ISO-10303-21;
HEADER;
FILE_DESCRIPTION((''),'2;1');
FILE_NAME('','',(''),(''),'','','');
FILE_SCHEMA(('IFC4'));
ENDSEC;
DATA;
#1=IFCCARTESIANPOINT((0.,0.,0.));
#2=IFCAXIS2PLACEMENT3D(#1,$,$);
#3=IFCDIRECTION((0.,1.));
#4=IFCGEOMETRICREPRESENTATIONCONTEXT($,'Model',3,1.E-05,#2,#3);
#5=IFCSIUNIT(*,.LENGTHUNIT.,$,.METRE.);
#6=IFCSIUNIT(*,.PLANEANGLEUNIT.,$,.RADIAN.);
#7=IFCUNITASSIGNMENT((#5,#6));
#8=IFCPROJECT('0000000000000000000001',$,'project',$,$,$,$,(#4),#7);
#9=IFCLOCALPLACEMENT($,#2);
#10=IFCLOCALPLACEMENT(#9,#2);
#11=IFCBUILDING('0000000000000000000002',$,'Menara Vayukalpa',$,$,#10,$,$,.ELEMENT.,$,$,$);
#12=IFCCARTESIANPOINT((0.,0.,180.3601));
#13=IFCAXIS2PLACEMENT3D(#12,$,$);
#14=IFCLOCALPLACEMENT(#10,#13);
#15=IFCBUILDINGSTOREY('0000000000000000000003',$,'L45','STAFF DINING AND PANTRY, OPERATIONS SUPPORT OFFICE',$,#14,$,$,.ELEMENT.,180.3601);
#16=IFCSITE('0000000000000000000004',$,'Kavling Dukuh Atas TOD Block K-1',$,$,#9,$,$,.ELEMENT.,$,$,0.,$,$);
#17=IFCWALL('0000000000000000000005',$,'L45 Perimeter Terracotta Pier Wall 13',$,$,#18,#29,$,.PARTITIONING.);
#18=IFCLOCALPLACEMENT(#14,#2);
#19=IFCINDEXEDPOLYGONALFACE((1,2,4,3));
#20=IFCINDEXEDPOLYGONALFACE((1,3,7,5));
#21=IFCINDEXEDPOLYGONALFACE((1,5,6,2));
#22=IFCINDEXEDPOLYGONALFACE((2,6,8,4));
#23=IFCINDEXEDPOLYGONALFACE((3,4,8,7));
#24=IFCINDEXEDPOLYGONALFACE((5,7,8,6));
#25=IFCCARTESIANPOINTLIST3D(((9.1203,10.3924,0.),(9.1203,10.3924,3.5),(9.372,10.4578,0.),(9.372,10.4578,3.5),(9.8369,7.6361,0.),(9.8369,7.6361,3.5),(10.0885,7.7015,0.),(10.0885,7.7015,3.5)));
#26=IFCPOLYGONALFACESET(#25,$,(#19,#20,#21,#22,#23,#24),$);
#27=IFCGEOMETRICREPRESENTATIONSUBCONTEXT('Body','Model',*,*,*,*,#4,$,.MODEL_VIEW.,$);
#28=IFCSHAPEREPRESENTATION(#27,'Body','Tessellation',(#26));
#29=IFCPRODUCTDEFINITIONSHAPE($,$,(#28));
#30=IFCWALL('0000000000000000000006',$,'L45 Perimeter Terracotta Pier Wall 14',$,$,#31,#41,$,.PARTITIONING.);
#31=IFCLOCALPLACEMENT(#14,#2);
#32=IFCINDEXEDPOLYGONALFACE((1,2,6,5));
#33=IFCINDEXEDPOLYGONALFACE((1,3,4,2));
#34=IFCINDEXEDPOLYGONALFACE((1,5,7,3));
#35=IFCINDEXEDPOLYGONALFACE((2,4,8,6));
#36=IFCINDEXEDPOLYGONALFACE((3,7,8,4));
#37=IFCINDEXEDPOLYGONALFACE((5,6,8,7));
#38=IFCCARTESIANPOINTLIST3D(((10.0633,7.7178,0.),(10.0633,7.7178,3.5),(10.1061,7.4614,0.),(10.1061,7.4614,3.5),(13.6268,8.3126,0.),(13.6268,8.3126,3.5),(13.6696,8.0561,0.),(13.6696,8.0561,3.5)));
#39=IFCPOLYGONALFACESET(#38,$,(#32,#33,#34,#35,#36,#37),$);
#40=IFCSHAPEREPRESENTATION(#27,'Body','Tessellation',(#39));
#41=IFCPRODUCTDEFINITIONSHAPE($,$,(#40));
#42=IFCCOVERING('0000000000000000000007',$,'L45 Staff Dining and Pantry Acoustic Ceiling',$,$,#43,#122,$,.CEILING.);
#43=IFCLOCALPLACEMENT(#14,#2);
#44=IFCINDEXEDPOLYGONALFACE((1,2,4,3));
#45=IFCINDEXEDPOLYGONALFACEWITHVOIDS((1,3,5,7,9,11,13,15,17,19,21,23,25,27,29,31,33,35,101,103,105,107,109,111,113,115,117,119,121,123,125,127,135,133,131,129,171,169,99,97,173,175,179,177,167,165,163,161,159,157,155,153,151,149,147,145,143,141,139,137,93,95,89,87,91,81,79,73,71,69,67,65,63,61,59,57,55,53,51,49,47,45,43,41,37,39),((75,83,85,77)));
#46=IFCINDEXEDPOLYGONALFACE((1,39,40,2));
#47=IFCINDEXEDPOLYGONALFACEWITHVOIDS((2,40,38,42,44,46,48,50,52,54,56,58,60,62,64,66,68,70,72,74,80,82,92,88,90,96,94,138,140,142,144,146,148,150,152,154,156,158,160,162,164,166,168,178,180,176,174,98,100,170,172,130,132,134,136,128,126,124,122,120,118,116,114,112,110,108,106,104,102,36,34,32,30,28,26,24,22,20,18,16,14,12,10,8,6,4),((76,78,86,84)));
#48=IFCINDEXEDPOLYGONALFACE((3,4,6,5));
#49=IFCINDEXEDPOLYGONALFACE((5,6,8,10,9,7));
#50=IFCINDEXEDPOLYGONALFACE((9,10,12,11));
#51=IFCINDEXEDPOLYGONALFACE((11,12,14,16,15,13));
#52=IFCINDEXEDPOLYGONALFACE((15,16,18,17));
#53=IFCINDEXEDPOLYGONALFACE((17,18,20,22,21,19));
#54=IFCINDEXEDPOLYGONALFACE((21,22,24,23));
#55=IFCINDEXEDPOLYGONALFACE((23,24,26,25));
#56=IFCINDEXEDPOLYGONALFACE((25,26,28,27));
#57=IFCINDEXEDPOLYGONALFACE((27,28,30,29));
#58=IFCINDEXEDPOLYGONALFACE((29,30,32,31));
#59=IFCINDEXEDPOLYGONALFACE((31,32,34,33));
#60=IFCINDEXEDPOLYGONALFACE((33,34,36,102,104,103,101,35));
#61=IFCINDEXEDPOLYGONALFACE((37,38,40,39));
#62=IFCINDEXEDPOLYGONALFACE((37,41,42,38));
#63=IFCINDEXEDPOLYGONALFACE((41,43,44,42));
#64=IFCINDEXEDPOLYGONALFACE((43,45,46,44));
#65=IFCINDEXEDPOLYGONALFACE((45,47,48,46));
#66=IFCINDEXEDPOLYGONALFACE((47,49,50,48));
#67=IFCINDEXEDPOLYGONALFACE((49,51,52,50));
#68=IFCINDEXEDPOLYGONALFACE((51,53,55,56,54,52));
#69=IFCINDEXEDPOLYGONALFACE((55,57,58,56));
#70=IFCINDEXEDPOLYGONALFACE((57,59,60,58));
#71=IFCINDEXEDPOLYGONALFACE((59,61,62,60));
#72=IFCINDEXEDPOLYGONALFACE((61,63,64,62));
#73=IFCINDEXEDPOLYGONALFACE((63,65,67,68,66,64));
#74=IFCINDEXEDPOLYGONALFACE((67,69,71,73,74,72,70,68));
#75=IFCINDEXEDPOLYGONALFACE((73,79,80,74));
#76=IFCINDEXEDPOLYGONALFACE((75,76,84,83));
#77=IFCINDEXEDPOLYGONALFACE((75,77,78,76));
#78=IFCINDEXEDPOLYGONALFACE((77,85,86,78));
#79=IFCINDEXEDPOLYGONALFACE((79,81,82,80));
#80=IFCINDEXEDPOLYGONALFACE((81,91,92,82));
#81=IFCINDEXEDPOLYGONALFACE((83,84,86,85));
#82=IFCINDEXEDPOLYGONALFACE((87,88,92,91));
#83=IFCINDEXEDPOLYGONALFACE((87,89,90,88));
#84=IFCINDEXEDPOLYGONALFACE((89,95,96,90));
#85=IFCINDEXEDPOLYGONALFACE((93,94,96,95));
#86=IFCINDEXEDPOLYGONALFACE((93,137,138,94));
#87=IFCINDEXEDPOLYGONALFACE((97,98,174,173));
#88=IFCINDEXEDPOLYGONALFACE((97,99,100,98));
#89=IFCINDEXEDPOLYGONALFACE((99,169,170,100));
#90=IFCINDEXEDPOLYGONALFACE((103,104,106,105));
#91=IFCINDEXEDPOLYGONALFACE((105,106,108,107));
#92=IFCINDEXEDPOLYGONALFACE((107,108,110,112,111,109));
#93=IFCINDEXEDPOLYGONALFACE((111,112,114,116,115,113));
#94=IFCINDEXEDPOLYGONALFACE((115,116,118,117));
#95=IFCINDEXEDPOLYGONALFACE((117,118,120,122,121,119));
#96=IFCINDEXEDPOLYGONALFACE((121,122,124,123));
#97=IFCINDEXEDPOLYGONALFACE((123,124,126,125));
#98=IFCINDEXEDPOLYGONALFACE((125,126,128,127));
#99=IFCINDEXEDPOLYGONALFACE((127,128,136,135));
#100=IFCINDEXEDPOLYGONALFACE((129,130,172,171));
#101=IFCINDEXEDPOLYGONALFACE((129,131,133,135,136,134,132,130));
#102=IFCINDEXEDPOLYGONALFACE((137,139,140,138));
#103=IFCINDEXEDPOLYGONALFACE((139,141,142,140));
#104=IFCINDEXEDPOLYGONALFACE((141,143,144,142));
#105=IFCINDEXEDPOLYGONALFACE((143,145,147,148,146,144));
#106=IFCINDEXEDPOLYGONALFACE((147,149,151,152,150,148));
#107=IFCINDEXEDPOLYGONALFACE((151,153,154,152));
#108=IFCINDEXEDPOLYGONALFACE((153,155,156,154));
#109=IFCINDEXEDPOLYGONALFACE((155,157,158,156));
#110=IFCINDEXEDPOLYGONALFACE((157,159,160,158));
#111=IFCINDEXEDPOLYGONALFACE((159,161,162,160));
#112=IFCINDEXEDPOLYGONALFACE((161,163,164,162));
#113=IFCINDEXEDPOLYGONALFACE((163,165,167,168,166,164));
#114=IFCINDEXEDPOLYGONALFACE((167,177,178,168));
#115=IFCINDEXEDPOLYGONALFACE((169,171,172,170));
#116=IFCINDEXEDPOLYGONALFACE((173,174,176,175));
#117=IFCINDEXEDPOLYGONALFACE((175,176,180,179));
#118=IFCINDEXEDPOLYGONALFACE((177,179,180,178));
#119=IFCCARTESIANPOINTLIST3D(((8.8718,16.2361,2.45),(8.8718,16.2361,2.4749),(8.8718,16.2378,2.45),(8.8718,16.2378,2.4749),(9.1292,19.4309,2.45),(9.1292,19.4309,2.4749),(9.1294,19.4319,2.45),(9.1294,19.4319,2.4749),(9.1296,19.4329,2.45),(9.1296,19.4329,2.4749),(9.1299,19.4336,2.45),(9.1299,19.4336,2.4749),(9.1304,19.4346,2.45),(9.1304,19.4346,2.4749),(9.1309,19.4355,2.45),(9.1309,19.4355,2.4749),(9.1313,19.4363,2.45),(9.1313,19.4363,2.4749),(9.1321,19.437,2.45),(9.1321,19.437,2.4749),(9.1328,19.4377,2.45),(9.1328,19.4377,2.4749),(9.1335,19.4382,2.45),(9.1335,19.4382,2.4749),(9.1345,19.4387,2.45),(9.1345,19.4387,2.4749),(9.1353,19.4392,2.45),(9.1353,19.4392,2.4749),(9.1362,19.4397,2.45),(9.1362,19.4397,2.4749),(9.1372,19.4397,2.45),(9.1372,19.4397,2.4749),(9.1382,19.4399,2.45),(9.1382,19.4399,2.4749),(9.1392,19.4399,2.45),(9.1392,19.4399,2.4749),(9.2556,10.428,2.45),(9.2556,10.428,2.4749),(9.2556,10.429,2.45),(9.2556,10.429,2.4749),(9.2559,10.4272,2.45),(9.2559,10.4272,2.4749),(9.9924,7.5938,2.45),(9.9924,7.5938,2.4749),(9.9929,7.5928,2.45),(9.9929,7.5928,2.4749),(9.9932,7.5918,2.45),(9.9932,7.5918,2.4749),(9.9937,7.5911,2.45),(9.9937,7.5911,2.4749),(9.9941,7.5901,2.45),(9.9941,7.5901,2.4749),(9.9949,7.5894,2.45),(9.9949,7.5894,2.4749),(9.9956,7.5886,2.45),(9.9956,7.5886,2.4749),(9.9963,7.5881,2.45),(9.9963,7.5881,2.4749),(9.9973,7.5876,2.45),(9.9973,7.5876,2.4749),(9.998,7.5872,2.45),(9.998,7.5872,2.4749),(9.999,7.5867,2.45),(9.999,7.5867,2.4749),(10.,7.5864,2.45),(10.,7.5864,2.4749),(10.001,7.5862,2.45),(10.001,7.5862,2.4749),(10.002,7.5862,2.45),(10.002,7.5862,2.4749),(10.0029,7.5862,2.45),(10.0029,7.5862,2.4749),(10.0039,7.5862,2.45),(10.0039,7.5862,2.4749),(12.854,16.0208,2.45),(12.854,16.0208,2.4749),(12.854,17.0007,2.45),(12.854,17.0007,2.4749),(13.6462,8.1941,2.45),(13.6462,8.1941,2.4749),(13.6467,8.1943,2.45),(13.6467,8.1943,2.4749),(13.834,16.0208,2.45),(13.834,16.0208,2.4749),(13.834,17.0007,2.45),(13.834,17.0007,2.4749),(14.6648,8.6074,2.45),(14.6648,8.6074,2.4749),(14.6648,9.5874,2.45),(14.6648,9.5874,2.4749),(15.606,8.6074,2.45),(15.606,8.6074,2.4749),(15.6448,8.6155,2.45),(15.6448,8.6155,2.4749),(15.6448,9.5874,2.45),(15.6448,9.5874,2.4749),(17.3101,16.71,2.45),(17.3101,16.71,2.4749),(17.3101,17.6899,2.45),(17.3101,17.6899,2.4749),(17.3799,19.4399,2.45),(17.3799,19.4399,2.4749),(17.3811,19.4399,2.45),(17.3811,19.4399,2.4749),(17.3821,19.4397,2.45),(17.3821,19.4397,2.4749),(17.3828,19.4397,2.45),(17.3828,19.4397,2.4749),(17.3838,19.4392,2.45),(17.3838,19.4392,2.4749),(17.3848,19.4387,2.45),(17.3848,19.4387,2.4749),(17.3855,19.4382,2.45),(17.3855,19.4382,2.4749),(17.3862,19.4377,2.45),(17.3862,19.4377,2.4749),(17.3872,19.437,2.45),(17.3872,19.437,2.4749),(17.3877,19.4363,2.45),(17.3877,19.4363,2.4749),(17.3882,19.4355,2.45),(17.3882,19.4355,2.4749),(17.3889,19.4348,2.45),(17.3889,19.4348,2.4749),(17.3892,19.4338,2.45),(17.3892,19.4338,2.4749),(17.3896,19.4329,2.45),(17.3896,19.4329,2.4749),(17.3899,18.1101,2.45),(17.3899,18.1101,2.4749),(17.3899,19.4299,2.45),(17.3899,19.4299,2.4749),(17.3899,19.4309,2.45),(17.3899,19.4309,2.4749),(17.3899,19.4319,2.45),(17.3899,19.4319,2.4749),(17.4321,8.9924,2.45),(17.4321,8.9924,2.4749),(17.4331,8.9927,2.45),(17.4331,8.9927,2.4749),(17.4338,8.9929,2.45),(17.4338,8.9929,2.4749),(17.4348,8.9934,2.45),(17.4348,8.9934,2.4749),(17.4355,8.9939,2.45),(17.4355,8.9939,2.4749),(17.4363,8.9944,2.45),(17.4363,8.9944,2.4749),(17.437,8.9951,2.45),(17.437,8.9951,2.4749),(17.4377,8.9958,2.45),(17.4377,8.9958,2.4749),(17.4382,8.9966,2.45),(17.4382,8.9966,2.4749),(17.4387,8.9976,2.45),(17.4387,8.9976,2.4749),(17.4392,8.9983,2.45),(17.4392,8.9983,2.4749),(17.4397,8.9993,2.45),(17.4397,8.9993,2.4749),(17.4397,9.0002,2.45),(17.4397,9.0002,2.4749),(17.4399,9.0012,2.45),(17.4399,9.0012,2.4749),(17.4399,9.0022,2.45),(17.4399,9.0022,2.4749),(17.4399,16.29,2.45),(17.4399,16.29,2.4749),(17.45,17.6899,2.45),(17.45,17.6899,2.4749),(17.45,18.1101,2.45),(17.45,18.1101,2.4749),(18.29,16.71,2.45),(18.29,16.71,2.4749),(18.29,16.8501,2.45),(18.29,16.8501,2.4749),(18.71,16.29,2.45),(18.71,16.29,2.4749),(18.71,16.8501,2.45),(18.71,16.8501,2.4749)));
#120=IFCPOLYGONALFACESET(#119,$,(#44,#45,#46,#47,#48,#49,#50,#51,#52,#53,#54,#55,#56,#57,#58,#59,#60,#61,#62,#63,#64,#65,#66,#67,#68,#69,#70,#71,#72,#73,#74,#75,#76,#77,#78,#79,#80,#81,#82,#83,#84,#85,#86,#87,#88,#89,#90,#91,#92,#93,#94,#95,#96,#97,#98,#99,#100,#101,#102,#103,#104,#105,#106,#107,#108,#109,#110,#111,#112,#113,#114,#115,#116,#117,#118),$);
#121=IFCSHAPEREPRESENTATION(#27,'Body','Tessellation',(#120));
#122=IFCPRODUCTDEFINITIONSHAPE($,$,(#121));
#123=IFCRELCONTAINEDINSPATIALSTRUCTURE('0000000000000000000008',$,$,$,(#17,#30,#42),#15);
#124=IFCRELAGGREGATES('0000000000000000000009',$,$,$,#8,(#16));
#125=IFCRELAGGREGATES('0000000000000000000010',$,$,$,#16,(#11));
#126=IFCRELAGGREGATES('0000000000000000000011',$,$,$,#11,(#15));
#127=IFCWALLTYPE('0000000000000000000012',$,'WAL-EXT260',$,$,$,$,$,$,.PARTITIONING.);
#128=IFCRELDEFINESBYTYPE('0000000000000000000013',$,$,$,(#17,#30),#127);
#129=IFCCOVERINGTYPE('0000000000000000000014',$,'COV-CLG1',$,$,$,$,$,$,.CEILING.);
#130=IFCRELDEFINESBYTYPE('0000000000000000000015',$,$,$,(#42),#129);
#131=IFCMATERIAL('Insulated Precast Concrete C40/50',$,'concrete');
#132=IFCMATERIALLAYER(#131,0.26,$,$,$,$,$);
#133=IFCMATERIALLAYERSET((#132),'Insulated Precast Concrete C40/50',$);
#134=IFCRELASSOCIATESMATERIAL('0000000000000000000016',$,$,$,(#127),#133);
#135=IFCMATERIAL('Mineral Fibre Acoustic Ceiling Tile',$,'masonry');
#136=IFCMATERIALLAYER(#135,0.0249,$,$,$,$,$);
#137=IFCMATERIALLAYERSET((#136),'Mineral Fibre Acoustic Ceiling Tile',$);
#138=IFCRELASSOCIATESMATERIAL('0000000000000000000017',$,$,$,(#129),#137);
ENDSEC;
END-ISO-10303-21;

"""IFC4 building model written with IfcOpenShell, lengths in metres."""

from ifc_helpers import new_model, si_unit, direction, frame, frame_2d, origin, place, context, subcontext, project, spatial, polyline, rectangle, outline, extrude, material, layer, layer_set, type_object, element, save


model = new_model("IFC4")

# Units and contexts
model_context = context("Model", 3, precision=1e-05, world=origin(), true_north=direction((0.0, 1.0)))
body_context = subcontext(model_context, "Body", "Model", "MODEL_VIEW")
ifc_project = project(units=[si_unit("LENGTHUNIT", "METRE"), si_unit("PLANEANGLEUNIT", "RADIAN")], contexts=[model_context])

# Site, building, storey
site_placement = place(None, origin())
site = spatial("IfcSite", under=ifc_project, at=site_placement, Name="Kavling Dukuh Atas TOD Block K-1", CompositionType="ELEMENT", RefElevation=0.0)
building_placement = place(site_placement, origin())
building = spatial("IfcBuilding", under=site, at=building_placement, Name="Menara Vayukalpa", CompositionType="ELEMENT")
storey_placement = place(building_placement, frame((0.0, 0.0, 180.3601)))
storey = spatial("IfcBuildingStorey", under=building, at=storey_placement, Name="L45", Description="STAFF DINING AND PANTRY, OPERATIONS SUPPORT OFFICE", CompositionType="ELEMENT", Elevation=180.3601)

# Walls
ifc_material_1 = material(Name="Insulated Precast Concrete C40/50", Category="concrete")
ifc_layer_1 = layer(ifc_material_1, 0.26)
ifc_layer_set_1 = layer_set([ifc_layer_1], Name="Insulated Precast Concrete C40/50")
wall_type = type_object("IfcWallType", Name="WAL-EXT260", PredefinedType="PARTITIONING", material=ifc_layer_set_1)
wall_1_placement = place(storey_placement, frame((9.9626, 7.6689, 0.0), z_axis=(0.0, 0.0, 1.0), x_axis=(-0.251602, 0.967831, 0.0)))
element("IfcWall", 1, at=wall_1_placement, inside=storey, type_object=wall_type, Name="L45 Perimeter Terracotta Pier Wall 13", PredefinedType="PARTITIONING", context=body_context, shape_type="SweptSolid", body=[
    extrude(rectangle(XDim=2.8479, YDim=0.26, at=frame_2d((1.4238, 0.0))), origin(), (0.0, 0.0, 1.0), 3.5),
])
wall_2_placement = place(storey_placement, frame((13.6482, 8.1843, 0.0), z_axis=(0.0, 0.0, 1.0), x_axis=(-0.986357, -0.164618, 0.0)))
element("IfcWall", 2, at=wall_2_placement, inside=storey, type_object=wall_type, Name="L45 Perimeter Terracotta Pier Wall 14", PredefinedType="PARTITIONING", context=body_context, shape_type="SweptSolid", body=[
    extrude(rectangle(XDim=3.6128, YDim=0.26, at=frame_2d((1.8064, 0.0))), origin(), (0.0, 0.0, 1.0), 3.5),
])

# Covering
ifc_material_2 = material(Name="Mineral Fibre Acoustic Ceiling Tile", Category="masonry")
ifc_layer_2 = layer(ifc_material_2, 0.0249)
ifc_layer_set_2 = layer_set([ifc_layer_2], Name="Mineral Fibre Acoustic Ceiling Tile")
covering_type_1 = type_object("IfcCoveringType", Name="COV-CLG1", PredefinedType="CEILING", material=ifc_layer_set_2)
covering_1_placement = place(storey_placement, frame((0.0, 0.0, 2.45)))
element("IfcCovering", 3, at=covering_1_placement, inside=storey, type_object=covering_type_1, Name="L45 Staff Dining and Pantry Acoustic Ceiling", PredefinedType="CEILING", context=body_context, shape_type="SweptSolid", body=[
    extrude(outline(polyline([(10.0029, 7.5862), (10.002, 7.5862), (10.001, 7.5862), (10.0, 7.5864), (9.999, 7.5867), (9.998, 7.5872), (9.9973, 7.5876), (9.9963, 7.5881), (9.9956, 7.5886), (9.9949, 7.5894), (9.9941, 7.5901), (9.9937, 7.5911), (9.9932, 7.5918), (9.9929, 7.5928), (9.9924, 7.5938), (9.2559, 10.4272), (9.2556, 10.428), (9.2556, 10.429), (8.8718, 16.2361), (8.8718, 16.2378), (9.1292, 19.4309), (9.1294, 19.4319), (9.1296, 19.4329), (9.1299, 19.4336), (9.1304, 19.4346), (9.1309, 19.4355), (9.1313, 19.4363), (9.1321, 19.437), (9.1328, 19.4377), (9.1335, 19.4382), (9.1345, 19.4387), (9.1353, 19.4392), (9.1362, 19.4397), (9.1372, 19.4397), (9.1382, 19.4399), (9.1392, 19.4399), (17.3799, 19.4399), (17.3811, 19.4399), (17.3821, 19.4397), (17.3828, 19.4397), (17.3838, 19.4392), (17.3848, 19.4387), (17.3855, 19.4382), (17.3862, 19.4377), (17.3872, 19.437), (17.3877, 19.4363), (17.3882, 19.4355), (17.3889, 19.4348), (17.3892, 19.4338), (17.3896, 19.4329), (17.3899, 19.4319), (17.3899, 19.4309), (17.3899, 19.4299), (17.3899, 18.1101), (17.45, 18.1101), (17.45, 17.6899), (17.3101, 17.6899), (17.3101, 16.71), (18.29, 16.71), (18.29, 16.8501), (18.71, 16.8501), (18.71, 16.29), (17.4399, 16.29), (17.4399, 9.0022), (17.4399, 9.0012), (17.4397, 9.0002), (17.4397, 8.9993), (17.4392, 8.9983), (17.4387, 8.9976), (17.4382, 8.9966), (17.4377, 8.9958), (17.437, 8.9951), (17.4363, 8.9944), (17.4355, 8.9939), (17.4348, 8.9934), (17.4338, 8.9929), (17.4331, 8.9927), (17.4321, 8.9924), (15.6448, 8.6155), (15.6448, 9.5874), (14.6648, 9.5874), (14.6648, 8.6074), (15.606, 8.6074), (13.6467, 8.1943), (13.6462, 8.1941), (10.0039, 7.5862), (10.0029, 7.5862)]), holes=[polyline([(13.834, 17.0007), (12.854, 17.0007), (12.854, 16.0208), (13.834, 16.0208), (13.834, 17.0007)])]), origin(), (0.0, 0.0, 1.0), 0.0249),
])

save(model, "model.ifc")
